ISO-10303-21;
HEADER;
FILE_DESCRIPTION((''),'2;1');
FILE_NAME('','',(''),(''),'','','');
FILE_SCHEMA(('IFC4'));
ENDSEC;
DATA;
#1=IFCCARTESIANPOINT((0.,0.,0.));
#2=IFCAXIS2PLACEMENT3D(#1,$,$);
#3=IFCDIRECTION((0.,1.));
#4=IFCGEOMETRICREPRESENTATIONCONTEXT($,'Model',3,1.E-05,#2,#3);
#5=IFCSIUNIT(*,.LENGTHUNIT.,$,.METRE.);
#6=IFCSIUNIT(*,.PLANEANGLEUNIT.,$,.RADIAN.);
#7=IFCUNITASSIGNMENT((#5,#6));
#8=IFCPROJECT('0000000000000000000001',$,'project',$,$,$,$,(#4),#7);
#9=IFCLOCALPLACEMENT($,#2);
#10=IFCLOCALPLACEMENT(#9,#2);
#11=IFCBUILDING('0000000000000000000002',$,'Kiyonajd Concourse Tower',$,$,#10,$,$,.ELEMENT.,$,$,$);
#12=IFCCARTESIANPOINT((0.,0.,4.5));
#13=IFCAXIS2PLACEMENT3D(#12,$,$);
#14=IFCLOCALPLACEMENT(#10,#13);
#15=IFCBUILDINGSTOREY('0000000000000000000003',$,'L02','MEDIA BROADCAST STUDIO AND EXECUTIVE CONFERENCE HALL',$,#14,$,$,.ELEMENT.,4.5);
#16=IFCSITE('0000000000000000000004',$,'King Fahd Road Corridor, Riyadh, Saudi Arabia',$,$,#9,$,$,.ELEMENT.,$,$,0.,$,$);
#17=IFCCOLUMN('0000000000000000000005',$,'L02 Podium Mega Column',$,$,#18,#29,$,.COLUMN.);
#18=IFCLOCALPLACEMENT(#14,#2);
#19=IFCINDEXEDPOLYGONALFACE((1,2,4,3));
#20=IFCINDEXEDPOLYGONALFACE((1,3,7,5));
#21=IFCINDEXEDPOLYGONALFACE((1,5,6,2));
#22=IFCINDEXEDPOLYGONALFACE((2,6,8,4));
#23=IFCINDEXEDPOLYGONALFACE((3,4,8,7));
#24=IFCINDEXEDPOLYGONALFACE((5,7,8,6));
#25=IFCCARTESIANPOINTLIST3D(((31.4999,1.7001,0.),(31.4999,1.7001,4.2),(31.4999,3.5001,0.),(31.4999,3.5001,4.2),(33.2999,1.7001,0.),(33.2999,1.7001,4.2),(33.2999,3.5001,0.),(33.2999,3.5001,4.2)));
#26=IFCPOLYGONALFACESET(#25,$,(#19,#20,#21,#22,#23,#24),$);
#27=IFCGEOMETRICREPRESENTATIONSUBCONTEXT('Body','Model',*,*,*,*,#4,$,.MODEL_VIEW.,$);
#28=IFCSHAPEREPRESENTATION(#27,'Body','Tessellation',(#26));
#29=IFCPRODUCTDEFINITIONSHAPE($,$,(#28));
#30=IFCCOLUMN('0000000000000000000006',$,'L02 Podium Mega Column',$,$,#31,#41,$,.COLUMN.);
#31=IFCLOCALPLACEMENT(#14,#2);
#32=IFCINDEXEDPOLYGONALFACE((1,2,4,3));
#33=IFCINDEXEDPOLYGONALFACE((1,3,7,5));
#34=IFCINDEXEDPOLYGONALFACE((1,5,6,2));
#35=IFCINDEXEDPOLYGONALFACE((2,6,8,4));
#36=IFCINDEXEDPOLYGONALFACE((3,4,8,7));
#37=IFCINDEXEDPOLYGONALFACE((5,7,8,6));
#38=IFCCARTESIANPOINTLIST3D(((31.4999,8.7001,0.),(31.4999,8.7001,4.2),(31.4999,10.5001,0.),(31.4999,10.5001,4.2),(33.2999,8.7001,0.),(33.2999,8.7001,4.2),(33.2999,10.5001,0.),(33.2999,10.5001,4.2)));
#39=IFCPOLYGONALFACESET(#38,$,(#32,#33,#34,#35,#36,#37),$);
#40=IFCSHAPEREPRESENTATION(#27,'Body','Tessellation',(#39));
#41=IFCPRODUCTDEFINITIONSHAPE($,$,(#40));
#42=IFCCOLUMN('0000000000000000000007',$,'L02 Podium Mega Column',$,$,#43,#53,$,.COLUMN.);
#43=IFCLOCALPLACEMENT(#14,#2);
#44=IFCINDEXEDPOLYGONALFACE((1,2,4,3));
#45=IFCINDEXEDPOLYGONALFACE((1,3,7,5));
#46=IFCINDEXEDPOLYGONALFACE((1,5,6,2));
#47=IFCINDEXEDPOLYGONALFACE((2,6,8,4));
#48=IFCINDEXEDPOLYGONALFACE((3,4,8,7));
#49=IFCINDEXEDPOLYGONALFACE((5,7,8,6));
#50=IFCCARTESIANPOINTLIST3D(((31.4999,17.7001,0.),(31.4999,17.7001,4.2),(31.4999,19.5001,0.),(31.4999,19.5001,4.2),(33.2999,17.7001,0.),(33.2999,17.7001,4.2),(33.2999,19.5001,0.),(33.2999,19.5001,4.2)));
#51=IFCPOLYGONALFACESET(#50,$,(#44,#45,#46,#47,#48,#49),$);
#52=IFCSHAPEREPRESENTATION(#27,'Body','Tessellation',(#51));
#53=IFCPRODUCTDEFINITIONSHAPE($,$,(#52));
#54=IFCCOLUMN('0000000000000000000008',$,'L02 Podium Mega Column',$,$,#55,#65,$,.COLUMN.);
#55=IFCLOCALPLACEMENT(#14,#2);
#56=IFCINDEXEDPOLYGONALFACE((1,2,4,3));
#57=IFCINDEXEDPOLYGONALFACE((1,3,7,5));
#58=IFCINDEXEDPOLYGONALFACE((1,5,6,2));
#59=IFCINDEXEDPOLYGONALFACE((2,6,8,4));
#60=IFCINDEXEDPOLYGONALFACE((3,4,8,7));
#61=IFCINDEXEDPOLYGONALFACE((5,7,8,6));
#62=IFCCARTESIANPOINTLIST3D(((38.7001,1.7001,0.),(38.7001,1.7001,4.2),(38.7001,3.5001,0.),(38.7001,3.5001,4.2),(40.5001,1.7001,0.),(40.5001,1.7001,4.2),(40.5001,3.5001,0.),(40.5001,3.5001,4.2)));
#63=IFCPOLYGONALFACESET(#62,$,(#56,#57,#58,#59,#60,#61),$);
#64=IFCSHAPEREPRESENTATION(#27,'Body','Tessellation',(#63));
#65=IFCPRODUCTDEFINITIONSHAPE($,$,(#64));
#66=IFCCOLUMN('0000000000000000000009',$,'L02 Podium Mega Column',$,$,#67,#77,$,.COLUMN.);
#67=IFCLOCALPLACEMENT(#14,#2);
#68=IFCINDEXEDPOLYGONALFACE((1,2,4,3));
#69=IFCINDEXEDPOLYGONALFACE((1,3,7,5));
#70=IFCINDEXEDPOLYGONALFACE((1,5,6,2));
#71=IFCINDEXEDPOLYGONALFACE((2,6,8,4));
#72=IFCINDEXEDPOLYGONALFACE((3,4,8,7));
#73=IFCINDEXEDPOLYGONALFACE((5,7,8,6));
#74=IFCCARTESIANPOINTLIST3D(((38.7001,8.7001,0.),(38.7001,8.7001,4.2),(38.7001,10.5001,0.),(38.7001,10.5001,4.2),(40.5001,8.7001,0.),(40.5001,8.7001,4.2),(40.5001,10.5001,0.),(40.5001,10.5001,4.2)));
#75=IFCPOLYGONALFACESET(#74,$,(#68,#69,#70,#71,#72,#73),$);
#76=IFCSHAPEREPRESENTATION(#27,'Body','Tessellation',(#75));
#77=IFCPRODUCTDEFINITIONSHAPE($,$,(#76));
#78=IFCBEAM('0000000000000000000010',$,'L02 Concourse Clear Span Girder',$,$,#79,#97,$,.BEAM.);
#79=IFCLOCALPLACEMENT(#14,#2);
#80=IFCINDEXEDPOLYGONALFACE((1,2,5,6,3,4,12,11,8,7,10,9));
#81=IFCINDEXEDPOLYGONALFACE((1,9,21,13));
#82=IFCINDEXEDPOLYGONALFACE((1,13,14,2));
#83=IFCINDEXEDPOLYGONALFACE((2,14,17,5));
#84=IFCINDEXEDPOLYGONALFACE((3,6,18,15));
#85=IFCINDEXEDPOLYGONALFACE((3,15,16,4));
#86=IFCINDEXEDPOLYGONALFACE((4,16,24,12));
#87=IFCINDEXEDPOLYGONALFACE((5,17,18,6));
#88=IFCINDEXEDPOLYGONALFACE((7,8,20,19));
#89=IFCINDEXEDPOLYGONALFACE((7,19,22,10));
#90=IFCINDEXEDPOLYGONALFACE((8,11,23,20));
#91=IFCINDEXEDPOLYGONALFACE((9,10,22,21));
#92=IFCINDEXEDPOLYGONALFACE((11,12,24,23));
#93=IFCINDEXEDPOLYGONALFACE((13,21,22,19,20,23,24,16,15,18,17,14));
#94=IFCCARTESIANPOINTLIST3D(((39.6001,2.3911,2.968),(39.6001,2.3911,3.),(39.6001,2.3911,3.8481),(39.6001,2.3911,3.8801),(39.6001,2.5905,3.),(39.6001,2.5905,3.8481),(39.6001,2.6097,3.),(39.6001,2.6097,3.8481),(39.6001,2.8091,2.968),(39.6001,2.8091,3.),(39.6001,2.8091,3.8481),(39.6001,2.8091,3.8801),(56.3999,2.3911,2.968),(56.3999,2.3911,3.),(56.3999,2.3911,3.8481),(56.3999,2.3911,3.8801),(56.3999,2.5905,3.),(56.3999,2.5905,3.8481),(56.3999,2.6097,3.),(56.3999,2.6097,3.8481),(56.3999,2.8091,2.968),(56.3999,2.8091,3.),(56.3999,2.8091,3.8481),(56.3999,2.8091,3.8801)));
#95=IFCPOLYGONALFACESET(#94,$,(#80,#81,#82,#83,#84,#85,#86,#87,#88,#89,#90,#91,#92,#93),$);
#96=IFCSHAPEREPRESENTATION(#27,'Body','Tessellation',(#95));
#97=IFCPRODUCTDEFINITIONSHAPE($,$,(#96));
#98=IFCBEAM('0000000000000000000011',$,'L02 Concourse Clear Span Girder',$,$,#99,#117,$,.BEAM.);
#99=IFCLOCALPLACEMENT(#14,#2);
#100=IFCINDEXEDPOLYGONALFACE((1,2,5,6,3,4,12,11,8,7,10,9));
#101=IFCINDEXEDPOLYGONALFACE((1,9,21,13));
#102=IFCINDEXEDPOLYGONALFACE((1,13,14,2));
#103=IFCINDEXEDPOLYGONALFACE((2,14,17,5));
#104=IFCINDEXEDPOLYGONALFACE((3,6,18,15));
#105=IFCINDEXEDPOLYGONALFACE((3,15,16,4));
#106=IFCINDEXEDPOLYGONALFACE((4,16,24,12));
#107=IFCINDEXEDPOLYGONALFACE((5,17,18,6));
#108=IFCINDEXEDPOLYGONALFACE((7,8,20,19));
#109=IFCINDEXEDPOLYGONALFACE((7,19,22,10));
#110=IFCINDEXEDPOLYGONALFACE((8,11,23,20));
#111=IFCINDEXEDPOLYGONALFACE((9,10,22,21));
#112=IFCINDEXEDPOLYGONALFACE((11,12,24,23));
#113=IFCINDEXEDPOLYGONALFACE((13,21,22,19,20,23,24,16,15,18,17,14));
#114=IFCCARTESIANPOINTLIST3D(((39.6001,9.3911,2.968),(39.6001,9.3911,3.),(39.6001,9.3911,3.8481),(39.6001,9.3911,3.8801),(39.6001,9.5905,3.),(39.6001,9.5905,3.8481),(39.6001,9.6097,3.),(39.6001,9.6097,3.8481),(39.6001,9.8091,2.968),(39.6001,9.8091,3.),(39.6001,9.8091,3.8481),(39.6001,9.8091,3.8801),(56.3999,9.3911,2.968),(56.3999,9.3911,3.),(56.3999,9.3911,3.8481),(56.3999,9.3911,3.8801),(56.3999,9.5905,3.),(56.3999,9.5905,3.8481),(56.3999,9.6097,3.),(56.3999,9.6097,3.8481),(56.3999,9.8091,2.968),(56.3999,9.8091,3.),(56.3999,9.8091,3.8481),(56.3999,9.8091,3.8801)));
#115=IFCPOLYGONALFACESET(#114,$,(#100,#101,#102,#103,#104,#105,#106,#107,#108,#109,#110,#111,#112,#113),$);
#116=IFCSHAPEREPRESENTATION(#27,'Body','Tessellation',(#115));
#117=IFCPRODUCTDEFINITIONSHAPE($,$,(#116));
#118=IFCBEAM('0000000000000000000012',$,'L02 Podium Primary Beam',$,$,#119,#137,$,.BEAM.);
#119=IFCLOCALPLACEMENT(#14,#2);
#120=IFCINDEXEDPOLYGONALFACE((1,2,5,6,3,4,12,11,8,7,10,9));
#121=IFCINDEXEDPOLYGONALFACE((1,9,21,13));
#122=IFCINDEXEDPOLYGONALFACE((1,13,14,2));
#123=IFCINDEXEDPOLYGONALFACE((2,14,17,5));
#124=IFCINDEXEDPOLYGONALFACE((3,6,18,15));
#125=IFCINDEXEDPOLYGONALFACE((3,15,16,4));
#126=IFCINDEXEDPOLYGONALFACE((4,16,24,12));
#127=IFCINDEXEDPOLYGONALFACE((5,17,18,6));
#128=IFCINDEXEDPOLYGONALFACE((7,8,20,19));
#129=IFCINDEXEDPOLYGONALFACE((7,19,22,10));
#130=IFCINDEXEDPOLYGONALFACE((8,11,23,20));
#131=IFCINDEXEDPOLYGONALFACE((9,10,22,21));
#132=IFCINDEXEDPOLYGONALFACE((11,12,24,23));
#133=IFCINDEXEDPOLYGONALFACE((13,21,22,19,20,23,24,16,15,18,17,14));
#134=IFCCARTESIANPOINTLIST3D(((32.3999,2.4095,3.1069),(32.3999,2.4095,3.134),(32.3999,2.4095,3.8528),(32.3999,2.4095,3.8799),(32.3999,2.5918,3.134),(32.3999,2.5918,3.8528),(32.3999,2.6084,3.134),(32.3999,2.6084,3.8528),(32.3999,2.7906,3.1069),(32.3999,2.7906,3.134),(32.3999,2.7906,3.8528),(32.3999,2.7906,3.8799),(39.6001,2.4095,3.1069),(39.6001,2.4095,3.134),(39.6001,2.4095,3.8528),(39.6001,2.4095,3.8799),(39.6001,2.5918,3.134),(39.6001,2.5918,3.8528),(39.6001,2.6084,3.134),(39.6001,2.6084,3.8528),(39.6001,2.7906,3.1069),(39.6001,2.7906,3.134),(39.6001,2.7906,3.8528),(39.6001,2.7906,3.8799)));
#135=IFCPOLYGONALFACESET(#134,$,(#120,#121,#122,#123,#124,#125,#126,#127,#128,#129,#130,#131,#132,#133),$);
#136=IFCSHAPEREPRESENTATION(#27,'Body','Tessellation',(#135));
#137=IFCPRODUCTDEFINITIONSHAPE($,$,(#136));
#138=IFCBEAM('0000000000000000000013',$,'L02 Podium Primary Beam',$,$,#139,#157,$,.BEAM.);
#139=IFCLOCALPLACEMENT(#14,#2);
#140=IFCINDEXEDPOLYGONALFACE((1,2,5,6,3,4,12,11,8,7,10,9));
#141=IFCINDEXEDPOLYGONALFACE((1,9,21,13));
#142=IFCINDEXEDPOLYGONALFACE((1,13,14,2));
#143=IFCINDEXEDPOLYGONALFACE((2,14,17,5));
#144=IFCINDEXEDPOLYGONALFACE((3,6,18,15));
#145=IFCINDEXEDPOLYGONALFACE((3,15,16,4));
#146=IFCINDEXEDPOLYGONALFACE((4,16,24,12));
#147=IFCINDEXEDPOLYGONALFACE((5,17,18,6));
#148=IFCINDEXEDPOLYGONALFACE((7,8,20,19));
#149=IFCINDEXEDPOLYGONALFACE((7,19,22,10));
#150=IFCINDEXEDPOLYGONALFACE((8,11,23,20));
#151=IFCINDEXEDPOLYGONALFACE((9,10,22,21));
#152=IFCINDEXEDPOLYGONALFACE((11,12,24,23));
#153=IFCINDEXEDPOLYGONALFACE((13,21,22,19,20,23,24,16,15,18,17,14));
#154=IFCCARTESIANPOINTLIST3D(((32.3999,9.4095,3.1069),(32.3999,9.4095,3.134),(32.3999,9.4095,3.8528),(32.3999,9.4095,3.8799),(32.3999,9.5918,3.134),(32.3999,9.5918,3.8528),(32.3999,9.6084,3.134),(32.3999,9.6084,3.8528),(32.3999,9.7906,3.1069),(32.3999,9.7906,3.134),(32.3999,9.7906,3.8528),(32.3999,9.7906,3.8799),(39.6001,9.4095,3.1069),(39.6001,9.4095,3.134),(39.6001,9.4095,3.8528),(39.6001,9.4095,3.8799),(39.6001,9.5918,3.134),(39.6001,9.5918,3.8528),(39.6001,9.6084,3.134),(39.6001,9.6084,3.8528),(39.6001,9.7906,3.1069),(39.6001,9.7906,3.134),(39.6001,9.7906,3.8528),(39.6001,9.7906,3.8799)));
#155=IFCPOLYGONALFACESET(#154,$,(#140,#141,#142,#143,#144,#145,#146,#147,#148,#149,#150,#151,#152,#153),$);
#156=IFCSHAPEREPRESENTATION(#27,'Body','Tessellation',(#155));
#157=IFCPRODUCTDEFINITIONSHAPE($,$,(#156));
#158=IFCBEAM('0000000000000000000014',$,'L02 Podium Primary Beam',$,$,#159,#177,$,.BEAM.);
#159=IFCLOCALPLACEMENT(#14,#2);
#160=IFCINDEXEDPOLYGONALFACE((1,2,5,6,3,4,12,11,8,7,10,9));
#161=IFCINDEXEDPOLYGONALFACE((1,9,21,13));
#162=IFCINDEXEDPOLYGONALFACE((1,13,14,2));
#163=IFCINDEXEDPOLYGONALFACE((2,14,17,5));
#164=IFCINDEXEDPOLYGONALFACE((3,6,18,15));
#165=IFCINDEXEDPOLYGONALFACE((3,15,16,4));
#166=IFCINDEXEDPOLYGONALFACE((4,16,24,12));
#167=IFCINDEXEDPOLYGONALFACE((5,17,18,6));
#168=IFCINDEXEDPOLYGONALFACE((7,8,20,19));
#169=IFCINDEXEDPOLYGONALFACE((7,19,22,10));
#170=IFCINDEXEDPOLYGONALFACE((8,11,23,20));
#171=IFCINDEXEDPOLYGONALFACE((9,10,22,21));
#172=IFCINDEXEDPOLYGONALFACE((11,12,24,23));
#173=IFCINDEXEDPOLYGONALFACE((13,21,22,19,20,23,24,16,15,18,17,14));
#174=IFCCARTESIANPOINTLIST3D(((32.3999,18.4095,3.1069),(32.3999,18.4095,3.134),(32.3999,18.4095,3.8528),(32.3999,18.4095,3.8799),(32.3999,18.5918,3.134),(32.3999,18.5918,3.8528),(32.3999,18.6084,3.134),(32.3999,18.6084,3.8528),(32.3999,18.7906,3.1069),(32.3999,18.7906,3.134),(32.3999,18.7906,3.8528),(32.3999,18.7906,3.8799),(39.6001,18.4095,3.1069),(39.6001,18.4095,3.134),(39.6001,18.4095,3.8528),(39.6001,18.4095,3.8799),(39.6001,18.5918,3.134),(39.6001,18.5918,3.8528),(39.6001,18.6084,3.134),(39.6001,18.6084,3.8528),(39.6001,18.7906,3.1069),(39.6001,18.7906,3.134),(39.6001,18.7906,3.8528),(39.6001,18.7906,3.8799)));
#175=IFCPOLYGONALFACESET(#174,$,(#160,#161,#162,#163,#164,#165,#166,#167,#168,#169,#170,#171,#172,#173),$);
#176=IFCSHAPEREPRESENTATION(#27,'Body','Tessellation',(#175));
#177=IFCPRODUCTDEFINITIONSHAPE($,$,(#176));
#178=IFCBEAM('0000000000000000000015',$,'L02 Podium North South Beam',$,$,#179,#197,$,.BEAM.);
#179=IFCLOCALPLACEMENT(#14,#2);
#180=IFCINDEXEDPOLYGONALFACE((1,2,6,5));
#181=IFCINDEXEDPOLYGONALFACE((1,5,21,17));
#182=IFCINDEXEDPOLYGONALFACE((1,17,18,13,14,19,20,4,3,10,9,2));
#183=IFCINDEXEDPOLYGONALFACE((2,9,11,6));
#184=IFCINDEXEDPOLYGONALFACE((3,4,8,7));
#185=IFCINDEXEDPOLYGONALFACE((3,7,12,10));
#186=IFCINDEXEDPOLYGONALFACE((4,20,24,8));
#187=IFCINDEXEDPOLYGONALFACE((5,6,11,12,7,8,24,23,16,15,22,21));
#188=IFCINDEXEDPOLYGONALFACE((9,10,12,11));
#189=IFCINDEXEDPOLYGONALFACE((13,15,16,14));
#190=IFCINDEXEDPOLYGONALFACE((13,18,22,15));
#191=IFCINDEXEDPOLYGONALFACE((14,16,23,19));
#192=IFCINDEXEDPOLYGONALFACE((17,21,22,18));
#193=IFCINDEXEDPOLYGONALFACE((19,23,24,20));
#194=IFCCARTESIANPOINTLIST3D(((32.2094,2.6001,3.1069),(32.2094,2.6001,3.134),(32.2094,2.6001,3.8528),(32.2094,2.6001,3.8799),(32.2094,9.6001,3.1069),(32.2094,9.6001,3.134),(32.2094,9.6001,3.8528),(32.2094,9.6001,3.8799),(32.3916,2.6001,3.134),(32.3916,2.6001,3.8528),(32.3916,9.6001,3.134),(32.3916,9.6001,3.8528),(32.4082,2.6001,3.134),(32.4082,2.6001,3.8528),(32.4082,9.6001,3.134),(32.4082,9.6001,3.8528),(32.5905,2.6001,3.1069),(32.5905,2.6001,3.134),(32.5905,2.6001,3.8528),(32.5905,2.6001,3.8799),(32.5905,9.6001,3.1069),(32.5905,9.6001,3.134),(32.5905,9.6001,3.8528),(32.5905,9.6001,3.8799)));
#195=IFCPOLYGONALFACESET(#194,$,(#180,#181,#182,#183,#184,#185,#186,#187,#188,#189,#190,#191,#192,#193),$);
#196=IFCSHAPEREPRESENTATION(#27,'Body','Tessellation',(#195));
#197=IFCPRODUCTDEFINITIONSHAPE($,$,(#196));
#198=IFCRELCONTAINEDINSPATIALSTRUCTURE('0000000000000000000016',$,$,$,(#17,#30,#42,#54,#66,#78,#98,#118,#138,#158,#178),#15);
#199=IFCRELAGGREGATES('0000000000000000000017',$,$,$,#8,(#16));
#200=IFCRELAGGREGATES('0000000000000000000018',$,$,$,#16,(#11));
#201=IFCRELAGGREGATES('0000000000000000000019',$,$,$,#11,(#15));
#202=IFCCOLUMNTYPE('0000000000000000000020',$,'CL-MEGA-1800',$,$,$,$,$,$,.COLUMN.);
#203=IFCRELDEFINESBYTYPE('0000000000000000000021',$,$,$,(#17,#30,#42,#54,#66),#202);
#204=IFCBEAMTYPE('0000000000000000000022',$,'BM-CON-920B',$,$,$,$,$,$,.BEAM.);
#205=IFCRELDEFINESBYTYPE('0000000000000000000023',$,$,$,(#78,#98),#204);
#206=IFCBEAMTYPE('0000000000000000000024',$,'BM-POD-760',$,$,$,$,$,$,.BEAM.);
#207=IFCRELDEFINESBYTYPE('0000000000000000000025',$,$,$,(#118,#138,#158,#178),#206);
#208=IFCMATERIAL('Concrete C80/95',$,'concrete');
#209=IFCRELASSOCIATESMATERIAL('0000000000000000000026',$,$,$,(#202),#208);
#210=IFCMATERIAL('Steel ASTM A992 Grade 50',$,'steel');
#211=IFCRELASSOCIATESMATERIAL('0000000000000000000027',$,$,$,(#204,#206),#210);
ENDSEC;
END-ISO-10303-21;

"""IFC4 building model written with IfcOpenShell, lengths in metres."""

from ifc_helpers import new_model, si_unit, direction, frame, origin, origin_2d, place, context, subcontext, project, spatial, rectangle, i_section, extrude, material, material_profile, profile_set, type_object, element, save


model = new_model("IFC4")

# Units and contexts
model_context = context("Model", 3, precision=1e-05, world=origin(), true_north=direction((0.0, 1.0)))
body_context = subcontext(model_context, "Body", "Model", "MODEL_VIEW")
ifc_project = project(units=[si_unit("LENGTHUNIT", "METRE"), si_unit("PLANEANGLEUNIT", "RADIAN")], contexts=[model_context])

# Site, building, storey
site_placement = place(None, origin())
site = spatial("IfcSite", under=ifc_project, at=site_placement, Name="King Fahd Road Corridor, Riyadh, Saudi Arabia", CompositionType="ELEMENT", RefElevation=0.0)
building_placement = place(site_placement, origin())
building = spatial("IfcBuilding", under=site, at=building_placement, Name="Kiyonajd Concourse Tower", CompositionType="ELEMENT")
storey_placement = place(building_placement, frame((0.0, 0.0, 4.5)))
storey = spatial("IfcBuildingStorey", under=building, at=storey_placement, Name="L02", Description="MEDIA BROADCAST STUDIO AND EXECUTIVE CONFERENCE HALL", CompositionType="ELEMENT", Elevation=4.5)

# Columns
ifc_material_1 = material(Name="Concrete C80/95", Category="concrete")
ifc_material_profile_1 = material_profile(ifc_material_1, rectangle(XDim=1.8, YDim=1.8, at=origin_2d()), Name="RC-1800x1800")
ifc_profile_set_1 = profile_set([ifc_material_profile_1], Name="Concrete C80/95")
column_type = type_object("IfcColumnType", Name="CL-MEGA-1800", PredefinedType="COLUMN", material=ifc_profile_set_1)
for number, where, z_axis, x_axis, name in (
    (1, (32.3999, 2.6001, 0.0), (0.0, 0.0, 1.0), (1.0, 0.0, 0.0), "L02 Podium Mega Column"),
    (2, (32.3999, 9.6001, 0.0), (0.0, 0.0, 1.0), (1.0, 0.0, 0.0), "L02 Podium Mega Column"),
    (3, (32.3999, 18.6001, 0.0), (0.0, 0.0, 1.0), (1.0, 0.0, 0.0), "L02 Podium Mega Column"),
    (4, (39.6001, 2.6001, 0.0), (0.0, 0.0, 1.0), (1.0, 0.0, 0.0), "L02 Podium Mega Column"),
    (5, (39.6001, 9.6001, 0.0), (0.0, 0.0, 1.0), (1.0, 0.0, 0.0), "L02 Podium Mega Column"),
):
    element("IfcColumn", number, at=place(storey_placement, frame(where, z_axis=z_axis, x_axis=x_axis)), inside=storey, type_object=column_type, Name=name, PredefinedType="COLUMN", context=body_context, shape_type="SweptSolid", body=[
        extrude(rectangle(XDim=1.8, YDim=1.8, at=origin_2d()), origin(), (0.0, 0.0, 1.0), 4.2),
    ])

# Beams
ifc_material_2 = material(Name="Steel ASTM A992 Grade 50", Category="steel")
ifc_material_profile_2 = material_profile(ifc_material_2, i_section(OverallWidth=0.418, OverallDepth=0.9121, WebThickness=0.0193, FlangeThickness=0.032, at=origin_2d()), Name="W920X342")
ifc_profile_set_2 = profile_set([ifc_material_profile_2], Name="Steel ASTM A992 Grade 50")
beam_type_1 = type_object("IfcBeamType", Name="BM-CON-920B", PredefinedType="BEAM", material=ifc_profile_set_2)
for number, where, z_axis, x_axis, name in (
    (6, (39.6001, 2.6001, 3.4241), (1.0, 0.0, 0.0), (0.0, 1.0, 0.0), "L02 Concourse Clear Span Girder"),
    (7, (39.6001, 9.6001, 3.4241), (1.0, 0.0, 0.0), (0.0, 1.0, 0.0), "L02 Concourse Clear Span Girder"),
):
    element("IfcBeam", number, at=place(storey_placement, frame(where, z_axis=z_axis, x_axis=x_axis)), inside=storey, type_object=beam_type_1, Name=name, PredefinedType="BEAM", context=body_context, shape_type="SweptSolid", body=[
        extrude(i_section(OverallWidth=0.418, OverallDepth=0.9121, WebThickness=0.0193, FlangeThickness=0.032, at=origin_2d()), origin(), (0.0, 0.0, 1.0), 16.7998),
    ])
ifc_material_profile_3 = material_profile(ifc_material_2, i_section(OverallWidth=0.3811, OverallDepth=0.7729, WebThickness=0.0166, FlangeThickness=0.0271, at=origin_2d()), Name="W760X257")
ifc_profile_set_3 = profile_set([ifc_material_profile_3], Name="Steel ASTM A992 Grade 50")
beam_type_2 = type_object("IfcBeamType", Name="BM-POD-760", PredefinedType="BEAM", material=ifc_profile_set_3)
for number, where, z_axis, x_axis, name in (
    (8, (32.3999, 2.6001, 3.4934), (1.0, 0.0, 0.0), (0.0, 1.0, 0.0), "L02 Podium Primary Beam"),
    (9, (32.3999, 9.6001, 3.4934), (1.0, 0.0, 0.0), (0.0, 1.0, 0.0), "L02 Podium Primary Beam"),
    (10, (32.3999, 18.6001, 3.4934), (1.0, 0.0, 0.0), (0.0, 1.0, 0.0), "L02 Podium Primary Beam"),
):
    element("IfcBeam", number, at=place(storey_placement, frame(where, z_axis=z_axis, x_axis=x_axis)), inside=storey, type_object=beam_type_2, Name=name, PredefinedType="BEAM", context=body_context, shape_type="SweptSolid", body=[
        extrude(i_section(OverallWidth=0.3811, OverallDepth=0.7729, WebThickness=0.0166, FlangeThickness=0.0271, at=origin_2d()), origin(), (0.0, 0.0, 1.0), 7.2002),
    ])
beam_1_placement = place(storey_placement, frame((32.3999, 2.6001, 3.4934), z_axis=(0.0, 1.0, 0.0), x_axis=(-1.0, 0.0, 0.0)))
element("IfcBeam", 11, at=beam_1_placement, inside=storey, type_object=beam_type_2, Name="L02 Podium North South Beam", PredefinedType="BEAM", context=body_context, shape_type="SweptSolid", body=[
    extrude(i_section(OverallWidth=0.3811, OverallDepth=0.7729, WebThickness=0.0166, FlangeThickness=0.0271, at=origin_2d()), origin(), (0.0, 0.0, 1.0), 7.0),
])

save(model, "model.ifc")
